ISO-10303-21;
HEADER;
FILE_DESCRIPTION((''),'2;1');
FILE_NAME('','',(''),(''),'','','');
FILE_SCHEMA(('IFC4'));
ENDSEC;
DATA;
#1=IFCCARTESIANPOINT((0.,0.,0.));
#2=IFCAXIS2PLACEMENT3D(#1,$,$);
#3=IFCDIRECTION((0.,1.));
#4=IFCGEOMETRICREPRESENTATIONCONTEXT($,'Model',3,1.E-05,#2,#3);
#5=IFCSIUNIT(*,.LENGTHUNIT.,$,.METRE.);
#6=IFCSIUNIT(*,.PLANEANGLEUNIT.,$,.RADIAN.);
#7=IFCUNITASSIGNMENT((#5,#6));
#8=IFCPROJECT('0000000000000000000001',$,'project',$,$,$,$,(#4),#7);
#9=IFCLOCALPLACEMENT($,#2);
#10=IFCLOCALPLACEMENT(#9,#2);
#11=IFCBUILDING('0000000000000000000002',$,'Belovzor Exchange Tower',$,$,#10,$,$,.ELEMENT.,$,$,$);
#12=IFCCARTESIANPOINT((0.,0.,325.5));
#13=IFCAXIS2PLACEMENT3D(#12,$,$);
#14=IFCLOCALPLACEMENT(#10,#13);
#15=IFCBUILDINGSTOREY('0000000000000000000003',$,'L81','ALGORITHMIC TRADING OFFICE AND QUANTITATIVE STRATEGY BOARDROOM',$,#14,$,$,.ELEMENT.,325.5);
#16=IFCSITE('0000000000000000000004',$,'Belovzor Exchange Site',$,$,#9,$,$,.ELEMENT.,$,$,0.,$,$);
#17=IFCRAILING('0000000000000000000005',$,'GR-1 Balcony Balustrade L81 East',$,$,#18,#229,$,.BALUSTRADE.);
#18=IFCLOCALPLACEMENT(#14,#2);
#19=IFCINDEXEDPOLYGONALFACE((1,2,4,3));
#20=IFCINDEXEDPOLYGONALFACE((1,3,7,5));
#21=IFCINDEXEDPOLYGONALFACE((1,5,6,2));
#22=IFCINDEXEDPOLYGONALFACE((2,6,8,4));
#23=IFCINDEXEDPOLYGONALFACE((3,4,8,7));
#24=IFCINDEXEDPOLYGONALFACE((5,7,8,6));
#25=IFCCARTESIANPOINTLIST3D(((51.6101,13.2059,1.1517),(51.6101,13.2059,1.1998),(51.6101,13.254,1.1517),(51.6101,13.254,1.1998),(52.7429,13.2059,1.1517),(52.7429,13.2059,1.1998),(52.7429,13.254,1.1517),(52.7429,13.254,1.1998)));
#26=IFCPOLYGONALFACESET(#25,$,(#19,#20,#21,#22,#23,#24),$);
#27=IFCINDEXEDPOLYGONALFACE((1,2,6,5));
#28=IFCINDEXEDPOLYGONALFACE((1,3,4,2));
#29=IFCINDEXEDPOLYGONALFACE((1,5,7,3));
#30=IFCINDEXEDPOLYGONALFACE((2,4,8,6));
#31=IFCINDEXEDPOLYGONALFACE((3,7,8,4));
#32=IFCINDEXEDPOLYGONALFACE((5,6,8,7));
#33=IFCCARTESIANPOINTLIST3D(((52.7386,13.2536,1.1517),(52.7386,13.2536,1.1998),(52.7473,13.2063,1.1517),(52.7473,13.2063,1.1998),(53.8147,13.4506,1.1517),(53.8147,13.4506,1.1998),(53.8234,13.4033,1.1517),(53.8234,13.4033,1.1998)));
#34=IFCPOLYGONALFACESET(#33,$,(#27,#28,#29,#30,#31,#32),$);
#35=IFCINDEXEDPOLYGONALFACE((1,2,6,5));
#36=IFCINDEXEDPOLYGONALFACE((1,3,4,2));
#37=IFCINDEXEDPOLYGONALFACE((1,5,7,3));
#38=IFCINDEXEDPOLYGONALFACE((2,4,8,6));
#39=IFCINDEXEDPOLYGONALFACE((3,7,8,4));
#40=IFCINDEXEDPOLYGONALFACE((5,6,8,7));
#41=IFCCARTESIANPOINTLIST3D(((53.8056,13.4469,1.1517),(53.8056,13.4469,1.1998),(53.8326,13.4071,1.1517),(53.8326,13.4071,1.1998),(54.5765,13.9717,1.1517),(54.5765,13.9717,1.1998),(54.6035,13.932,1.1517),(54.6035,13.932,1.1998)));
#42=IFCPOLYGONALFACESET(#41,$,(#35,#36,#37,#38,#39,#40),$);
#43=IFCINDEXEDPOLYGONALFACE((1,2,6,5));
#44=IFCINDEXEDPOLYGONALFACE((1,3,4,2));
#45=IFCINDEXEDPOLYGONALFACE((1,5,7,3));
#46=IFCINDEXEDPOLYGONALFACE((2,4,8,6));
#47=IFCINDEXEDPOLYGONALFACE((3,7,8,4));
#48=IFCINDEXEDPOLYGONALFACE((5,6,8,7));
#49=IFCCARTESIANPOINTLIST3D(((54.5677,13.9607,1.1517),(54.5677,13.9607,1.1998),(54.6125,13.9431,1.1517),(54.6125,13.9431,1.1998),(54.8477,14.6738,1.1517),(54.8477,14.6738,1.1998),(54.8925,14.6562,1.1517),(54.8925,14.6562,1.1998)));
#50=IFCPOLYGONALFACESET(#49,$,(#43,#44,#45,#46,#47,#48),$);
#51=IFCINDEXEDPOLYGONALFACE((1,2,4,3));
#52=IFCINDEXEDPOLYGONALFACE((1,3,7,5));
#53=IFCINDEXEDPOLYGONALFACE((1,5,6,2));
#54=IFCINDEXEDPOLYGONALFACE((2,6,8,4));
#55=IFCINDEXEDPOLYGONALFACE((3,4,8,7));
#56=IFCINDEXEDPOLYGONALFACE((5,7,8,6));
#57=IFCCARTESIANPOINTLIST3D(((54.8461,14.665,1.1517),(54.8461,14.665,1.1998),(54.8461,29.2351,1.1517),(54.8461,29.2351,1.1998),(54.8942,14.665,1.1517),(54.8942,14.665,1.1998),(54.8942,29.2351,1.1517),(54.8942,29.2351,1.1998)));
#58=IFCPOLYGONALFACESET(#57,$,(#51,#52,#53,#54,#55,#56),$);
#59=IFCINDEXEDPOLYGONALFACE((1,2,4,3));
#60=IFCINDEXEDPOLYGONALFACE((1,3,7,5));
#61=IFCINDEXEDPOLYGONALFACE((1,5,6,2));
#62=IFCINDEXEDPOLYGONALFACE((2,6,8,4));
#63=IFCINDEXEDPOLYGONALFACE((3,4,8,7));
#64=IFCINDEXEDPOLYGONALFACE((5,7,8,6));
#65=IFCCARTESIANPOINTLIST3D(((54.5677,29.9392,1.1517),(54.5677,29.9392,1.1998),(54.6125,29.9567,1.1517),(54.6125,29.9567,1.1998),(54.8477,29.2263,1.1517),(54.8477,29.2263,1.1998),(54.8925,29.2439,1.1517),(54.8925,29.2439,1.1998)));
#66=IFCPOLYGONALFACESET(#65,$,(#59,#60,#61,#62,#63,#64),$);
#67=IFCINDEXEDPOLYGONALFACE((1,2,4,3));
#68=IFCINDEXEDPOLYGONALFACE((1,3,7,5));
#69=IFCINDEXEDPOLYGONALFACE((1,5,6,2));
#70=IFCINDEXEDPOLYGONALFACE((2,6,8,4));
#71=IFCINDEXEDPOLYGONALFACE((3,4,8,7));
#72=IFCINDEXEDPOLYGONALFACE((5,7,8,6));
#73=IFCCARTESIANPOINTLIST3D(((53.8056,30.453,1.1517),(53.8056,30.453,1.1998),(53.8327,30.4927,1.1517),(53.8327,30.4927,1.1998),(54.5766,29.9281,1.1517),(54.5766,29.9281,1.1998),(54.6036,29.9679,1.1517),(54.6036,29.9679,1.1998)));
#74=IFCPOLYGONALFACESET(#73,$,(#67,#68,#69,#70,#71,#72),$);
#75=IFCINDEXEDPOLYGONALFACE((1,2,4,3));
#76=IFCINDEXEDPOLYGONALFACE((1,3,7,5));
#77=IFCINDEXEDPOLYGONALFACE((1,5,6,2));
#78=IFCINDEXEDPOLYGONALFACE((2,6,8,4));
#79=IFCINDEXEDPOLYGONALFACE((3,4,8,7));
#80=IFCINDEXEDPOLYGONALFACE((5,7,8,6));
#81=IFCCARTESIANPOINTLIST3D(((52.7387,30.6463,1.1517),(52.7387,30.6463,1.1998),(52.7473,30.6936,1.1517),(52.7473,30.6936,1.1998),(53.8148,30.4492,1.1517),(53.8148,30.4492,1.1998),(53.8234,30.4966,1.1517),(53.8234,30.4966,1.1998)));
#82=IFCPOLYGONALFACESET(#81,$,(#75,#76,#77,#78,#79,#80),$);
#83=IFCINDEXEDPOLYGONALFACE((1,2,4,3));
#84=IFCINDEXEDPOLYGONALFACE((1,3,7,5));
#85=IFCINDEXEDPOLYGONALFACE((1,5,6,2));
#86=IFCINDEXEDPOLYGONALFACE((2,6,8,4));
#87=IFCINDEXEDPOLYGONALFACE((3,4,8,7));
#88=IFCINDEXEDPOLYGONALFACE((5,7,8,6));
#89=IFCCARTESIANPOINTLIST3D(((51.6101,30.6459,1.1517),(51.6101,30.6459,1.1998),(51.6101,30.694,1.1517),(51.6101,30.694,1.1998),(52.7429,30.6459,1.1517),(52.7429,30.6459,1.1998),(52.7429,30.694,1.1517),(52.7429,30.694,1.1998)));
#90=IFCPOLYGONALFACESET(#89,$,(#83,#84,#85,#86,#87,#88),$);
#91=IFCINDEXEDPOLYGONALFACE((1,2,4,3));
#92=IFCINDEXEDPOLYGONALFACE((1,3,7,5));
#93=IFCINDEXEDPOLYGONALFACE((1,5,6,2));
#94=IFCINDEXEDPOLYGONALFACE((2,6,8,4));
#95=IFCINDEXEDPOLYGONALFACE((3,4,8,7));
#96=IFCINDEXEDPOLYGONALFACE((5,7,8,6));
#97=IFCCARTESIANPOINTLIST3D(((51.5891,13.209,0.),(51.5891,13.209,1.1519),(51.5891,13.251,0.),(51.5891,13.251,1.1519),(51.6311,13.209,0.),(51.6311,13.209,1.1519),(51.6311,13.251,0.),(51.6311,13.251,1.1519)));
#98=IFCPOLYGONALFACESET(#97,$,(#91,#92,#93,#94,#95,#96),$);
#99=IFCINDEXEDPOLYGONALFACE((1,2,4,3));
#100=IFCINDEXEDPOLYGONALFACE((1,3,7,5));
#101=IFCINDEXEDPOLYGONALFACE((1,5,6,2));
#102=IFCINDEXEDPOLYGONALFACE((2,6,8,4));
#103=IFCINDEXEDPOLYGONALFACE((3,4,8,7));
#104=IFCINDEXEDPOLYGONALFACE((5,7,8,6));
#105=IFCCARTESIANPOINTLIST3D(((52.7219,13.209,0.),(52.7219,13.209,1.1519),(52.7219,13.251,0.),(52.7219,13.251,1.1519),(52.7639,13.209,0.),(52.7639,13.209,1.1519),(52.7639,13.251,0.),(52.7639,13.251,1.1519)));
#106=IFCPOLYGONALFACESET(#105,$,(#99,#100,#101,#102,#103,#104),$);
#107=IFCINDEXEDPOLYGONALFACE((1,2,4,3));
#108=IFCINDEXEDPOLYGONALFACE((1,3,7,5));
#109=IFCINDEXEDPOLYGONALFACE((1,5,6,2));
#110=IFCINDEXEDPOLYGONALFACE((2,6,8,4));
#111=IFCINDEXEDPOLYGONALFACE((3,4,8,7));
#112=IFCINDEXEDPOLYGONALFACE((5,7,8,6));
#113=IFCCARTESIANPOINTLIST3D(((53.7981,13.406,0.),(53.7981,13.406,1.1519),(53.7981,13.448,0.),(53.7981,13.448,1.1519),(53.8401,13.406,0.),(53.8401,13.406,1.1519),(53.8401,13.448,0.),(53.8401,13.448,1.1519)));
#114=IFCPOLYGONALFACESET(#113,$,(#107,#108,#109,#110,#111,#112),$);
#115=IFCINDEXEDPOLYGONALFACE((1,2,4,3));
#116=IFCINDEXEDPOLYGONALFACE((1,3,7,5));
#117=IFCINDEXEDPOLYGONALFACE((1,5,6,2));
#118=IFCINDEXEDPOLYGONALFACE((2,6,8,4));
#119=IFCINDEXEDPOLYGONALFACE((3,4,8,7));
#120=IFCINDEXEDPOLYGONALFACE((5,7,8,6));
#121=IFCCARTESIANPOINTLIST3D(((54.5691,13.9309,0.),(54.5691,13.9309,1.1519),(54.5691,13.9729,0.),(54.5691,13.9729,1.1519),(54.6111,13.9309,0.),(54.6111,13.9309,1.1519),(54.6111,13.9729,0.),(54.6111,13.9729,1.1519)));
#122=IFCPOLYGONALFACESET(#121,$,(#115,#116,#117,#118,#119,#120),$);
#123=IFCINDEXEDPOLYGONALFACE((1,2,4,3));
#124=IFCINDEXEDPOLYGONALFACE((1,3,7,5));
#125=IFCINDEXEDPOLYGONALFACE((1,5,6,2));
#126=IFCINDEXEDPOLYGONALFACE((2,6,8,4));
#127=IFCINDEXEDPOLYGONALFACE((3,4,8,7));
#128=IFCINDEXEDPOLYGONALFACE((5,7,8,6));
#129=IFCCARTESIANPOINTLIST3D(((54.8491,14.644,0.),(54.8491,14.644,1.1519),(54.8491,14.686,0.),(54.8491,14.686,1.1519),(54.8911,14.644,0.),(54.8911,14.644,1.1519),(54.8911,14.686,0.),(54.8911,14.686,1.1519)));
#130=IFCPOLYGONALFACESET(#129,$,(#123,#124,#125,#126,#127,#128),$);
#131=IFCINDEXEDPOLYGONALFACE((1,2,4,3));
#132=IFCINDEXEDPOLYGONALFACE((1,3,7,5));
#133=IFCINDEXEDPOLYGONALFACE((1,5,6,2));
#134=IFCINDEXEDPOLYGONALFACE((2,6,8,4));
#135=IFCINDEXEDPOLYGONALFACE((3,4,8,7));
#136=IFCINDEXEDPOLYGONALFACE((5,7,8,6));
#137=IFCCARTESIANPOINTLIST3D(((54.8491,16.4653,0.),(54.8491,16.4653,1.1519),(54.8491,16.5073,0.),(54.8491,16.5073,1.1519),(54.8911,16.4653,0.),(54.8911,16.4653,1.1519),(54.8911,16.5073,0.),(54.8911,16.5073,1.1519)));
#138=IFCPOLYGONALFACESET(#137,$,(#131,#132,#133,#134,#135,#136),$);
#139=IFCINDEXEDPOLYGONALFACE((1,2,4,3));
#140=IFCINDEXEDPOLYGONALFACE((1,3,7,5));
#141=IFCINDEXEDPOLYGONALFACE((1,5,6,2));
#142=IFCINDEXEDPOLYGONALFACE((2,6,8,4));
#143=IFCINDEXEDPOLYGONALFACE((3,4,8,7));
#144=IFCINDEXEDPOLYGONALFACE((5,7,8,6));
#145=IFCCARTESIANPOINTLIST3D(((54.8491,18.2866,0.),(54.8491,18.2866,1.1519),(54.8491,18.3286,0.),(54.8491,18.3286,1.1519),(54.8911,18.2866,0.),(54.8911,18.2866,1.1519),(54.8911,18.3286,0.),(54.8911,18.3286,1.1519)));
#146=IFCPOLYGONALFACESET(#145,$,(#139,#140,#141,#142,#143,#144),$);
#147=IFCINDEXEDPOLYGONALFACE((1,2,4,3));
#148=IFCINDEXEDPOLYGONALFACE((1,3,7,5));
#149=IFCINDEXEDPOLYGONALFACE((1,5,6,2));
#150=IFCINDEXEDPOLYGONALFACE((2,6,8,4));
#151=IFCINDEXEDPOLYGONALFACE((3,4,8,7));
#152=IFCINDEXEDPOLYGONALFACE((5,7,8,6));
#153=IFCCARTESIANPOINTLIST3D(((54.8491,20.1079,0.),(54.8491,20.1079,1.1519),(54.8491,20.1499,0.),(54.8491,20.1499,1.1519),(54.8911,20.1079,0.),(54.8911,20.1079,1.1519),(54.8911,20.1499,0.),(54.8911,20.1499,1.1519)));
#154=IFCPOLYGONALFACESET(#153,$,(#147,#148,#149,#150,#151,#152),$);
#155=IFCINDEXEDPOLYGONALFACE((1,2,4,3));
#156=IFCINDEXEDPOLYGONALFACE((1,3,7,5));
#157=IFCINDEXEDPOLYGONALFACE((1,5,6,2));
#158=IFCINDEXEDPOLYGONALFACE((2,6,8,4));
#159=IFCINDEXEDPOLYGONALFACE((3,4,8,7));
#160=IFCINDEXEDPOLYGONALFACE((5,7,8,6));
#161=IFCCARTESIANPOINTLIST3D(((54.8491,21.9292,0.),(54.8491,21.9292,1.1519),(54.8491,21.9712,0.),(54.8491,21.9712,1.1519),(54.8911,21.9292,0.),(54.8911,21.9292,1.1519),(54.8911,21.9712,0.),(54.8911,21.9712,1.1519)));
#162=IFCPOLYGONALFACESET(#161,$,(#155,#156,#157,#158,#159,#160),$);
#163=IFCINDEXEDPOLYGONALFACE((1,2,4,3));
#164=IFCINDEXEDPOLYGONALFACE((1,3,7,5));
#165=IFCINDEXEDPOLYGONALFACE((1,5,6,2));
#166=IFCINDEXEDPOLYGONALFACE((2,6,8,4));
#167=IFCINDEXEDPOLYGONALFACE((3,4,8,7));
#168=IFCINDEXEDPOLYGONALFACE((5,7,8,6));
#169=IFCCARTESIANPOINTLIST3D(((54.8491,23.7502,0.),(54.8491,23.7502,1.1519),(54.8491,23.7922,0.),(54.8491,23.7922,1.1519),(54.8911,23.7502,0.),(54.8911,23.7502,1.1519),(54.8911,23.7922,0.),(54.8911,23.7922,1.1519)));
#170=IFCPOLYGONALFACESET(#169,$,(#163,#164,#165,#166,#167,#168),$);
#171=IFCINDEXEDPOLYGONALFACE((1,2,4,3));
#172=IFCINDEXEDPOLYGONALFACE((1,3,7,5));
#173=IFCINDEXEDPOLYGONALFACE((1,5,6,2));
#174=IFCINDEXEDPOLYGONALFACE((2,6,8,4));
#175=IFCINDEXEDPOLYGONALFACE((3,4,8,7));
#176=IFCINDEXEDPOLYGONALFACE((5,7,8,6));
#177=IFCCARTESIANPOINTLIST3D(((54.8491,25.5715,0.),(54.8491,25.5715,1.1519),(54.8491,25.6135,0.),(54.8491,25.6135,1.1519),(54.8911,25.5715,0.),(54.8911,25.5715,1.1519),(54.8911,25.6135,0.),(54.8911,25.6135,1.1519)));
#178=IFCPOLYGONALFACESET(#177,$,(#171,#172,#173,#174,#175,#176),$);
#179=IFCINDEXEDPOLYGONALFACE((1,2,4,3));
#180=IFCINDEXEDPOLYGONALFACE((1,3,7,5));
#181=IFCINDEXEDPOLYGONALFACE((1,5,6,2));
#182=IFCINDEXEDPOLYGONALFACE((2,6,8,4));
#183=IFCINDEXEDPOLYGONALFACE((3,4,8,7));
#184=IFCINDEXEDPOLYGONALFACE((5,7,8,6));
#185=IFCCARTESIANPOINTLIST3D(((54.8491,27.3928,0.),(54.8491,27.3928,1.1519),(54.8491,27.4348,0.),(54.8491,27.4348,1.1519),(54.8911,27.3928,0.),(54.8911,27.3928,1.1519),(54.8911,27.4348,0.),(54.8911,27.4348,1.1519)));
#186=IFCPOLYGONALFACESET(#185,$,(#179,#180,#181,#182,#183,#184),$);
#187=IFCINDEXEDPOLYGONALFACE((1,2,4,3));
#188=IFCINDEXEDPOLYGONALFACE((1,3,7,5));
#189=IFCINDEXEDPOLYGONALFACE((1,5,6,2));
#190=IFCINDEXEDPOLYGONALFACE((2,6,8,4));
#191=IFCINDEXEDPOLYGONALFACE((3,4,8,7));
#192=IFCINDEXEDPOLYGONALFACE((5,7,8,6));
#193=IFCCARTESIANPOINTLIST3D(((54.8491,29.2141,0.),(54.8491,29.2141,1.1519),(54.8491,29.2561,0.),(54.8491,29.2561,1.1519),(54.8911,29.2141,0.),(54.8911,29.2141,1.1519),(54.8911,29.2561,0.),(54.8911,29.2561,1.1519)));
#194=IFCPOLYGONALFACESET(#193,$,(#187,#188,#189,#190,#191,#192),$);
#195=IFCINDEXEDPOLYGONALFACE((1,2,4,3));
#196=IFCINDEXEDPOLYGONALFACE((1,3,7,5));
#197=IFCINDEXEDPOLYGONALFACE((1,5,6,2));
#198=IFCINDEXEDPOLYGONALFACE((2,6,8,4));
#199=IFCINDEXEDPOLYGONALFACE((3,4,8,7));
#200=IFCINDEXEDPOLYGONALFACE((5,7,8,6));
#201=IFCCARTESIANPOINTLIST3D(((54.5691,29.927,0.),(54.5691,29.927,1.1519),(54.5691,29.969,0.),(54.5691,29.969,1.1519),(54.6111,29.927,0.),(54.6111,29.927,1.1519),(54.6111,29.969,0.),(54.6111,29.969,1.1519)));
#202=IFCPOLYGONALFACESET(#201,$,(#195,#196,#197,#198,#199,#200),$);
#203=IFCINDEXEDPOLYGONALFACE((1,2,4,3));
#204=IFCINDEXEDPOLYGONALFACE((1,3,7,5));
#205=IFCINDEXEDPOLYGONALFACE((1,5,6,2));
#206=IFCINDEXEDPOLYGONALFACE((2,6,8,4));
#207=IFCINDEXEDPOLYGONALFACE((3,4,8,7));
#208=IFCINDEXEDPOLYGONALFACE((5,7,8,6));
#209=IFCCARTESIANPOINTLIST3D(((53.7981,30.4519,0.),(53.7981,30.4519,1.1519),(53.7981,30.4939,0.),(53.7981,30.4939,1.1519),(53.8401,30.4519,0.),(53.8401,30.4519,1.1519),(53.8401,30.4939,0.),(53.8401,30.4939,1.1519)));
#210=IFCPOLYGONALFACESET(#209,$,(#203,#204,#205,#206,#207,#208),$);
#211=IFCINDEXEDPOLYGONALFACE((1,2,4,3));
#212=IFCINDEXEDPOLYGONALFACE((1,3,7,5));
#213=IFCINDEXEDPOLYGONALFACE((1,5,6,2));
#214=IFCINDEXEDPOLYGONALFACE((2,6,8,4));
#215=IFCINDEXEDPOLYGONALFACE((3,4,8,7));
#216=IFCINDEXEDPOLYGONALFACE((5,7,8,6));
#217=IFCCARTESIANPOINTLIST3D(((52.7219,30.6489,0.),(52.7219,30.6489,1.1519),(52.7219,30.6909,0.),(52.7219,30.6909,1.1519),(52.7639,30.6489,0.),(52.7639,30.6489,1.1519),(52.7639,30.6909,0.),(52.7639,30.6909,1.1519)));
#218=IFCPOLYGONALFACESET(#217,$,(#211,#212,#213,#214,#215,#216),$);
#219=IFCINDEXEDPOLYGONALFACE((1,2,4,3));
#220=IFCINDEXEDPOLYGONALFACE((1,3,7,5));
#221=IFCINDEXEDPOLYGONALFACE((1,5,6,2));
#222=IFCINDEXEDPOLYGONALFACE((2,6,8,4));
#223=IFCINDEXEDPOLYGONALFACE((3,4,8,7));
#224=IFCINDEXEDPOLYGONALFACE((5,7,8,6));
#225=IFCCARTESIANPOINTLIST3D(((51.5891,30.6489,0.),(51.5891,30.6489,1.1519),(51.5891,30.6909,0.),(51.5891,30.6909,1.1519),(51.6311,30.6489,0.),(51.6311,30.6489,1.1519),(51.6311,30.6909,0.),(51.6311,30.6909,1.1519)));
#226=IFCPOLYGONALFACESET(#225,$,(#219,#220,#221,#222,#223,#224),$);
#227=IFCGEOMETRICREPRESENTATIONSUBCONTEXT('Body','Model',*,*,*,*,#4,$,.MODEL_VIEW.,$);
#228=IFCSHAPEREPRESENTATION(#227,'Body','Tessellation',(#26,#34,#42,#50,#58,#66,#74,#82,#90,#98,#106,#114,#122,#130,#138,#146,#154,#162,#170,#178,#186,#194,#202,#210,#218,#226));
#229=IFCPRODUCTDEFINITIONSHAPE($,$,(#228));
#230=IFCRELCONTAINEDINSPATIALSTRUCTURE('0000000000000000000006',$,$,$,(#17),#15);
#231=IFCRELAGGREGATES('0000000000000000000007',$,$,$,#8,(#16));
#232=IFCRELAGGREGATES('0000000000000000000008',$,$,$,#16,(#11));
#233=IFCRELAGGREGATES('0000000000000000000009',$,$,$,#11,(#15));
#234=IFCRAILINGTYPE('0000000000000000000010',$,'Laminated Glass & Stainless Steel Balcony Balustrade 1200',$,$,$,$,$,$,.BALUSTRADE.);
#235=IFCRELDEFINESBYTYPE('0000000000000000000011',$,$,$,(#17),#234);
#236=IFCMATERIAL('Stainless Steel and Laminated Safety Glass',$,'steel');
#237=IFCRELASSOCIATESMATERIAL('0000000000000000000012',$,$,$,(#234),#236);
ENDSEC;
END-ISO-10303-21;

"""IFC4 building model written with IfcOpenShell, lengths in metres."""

from ifc_helpers import new_model, si_unit, direction, frame, origin, origin_2d, place, context, subcontext, project, spatial, rectangle, extrude, material, type_object, element, save


model = new_model("IFC4")

# Units and contexts
model_context = context("Model", 3, precision=1e-05, world=origin(), true_north=direction((0.0, 1.0)))
body_context = subcontext(model_context, "Body", "Model", "MODEL_VIEW")
ifc_project = project(units=[si_unit("LENGTHUNIT", "METRE"), si_unit("PLANEANGLEUNIT", "RADIAN")], contexts=[model_context])

# Site, building, storey
site_placement = place(None, origin())
site = spatial("IfcSite", under=ifc_project, at=site_placement, Name="Belovzor Exchange Site", CompositionType="ELEMENT", RefElevation=0.0)
building_placement = place(site_placement, origin())
building = spatial("IfcBuilding", under=site, at=building_placement, Name="Belovzor Exchange Tower", CompositionType="ELEMENT")
storey_placement = place(building_placement, frame((0.0, 0.0, 325.5)))
storey = spatial("IfcBuildingStorey", under=building, at=storey_placement, Name="L81", Description="ALGORITHMIC TRADING OFFICE AND QUANTITATIVE STRATEGY BOARDROOM", CompositionType="ELEMENT", Elevation=325.5)

# Railing
ifc_material_1 = material(Name="Stainless Steel and Laminated Safety Glass", Category="steel")
railing_type = type_object("IfcRailingType", Name="Laminated Glass & Stainless Steel Balcony Balustrade 1200", PredefinedType="BALUSTRADE", material=ifc_material_1)
railing_placement = place(storey_placement, frame((51.6101, 13.23, 0.0)))
element("IfcRailing", 1, at=railing_placement, inside=storey, type_object=railing_type, Name="GR-1 Balcony Balustrade L81 East", PredefinedType="BALUSTRADE", context=body_context, shape_type="SweptSolid", body=[
    extrude(rectangle(XDim=0.0481, YDim=0.0481, at=origin_2d()), frame((0.0, 0.0, 1.1758), z_axis=(1.0, 0.0, 0.0), x_axis=(0.0, 1.0, 0.0)), (0.0, 0.0, 1.0), 1.1328),
    extrude(rectangle(XDim=0.0481, YDim=0.0481, at=origin_2d()), frame((1.1328, 0.0, 1.1758), z_axis=(0.983651, 0.180083, 0.0), x_axis=(-0.180083, 0.983651, 0.0)), (0.0, 0.0, 1.0), 1.094),
    extrude(rectangle(XDim=0.0481, YDim=0.0481, at=origin_2d()), frame((2.209, 0.197, 1.1758), z_axis=(0.826615, 0.562768, 0.0), x_axis=(-0.562768, 0.826615, 0.0)), (0.0, 0.0, 1.0), 0.9326),
    extrude(rectangle(XDim=0.0481, YDim=0.0481, at=origin_2d()), frame((2.98, 0.7219, 1.1758), z_axis=(0.365504, 0.93081, 0.0), x_axis=(-0.93081, 0.365504, 0.0)), (0.0, 0.0, 1.0), 0.7661),
    extrude(rectangle(XDim=0.0481, YDim=0.0481, at=origin_2d()), frame((3.26, 1.4351, 1.1758), z_axis=(0.0, 1.0, 0.0), x_axis=(-1.0, 0.0, 0.0)), (0.0, 0.0, 1.0), 14.5701),
    extrude(rectangle(XDim=0.0481, YDim=0.0481, at=origin_2d()), frame((3.26, 16.0051, 1.1758), z_axis=(-0.365613, 0.930767, 0.0), x_axis=(-0.930767, -0.365613, 0.0)), (0.0, 0.0, 1.0), 0.7659),
    extrude(rectangle(XDim=0.0481, YDim=0.0481, at=origin_2d()), frame((2.98, 16.718, 1.1758), z_axis=(-0.826615, 0.562768, 0.0), x_axis=(-0.562768, -0.826615, 0.0)), (0.0, 0.0, 1.0), 0.9326),
    extrude(rectangle(XDim=0.0481, YDim=0.0481, at=origin_2d()), frame((2.209, 17.2429, 1.1758), z_axis=(-0.983651, 0.180083, 0.0), x_axis=(-0.180083, -0.983651, 0.0)), (0.0, 0.0, 1.0), 1.094),
    extrude(rectangle(XDim=0.0481, YDim=0.0481, at=origin_2d()), frame((1.1328, 17.4399, 1.1758), z_axis=(-1.0, 0.0, 0.0), x_axis=(0.0, -1.0, 0.0)), (0.0, 0.0, 1.0), 1.1328),
    extrude(rectangle(XDim=0.042, YDim=0.042, at=origin_2d()), origin(), (0.0, 0.0, 1.0), 1.1519),
    extrude(rectangle(XDim=0.042, YDim=0.042, at=origin_2d()), frame((1.1328, 0.0, 0.0)), (0.0, 0.0, 1.0), 1.1519),
    extrude(rectangle(XDim=0.042, YDim=0.042, at=origin_2d()), frame((2.209, 0.197, 0.0)), (0.0, 0.0, 1.0), 1.1519),
    extrude(rectangle(XDim=0.042, YDim=0.042, at=origin_2d()), frame((2.98, 0.7219, 0.0)), (0.0, 0.0, 1.0), 1.1519),
    extrude(rectangle(XDim=0.042, YDim=0.042, at=origin_2d()), frame((3.26, 1.4351, 0.0)), (0.0, 0.0, 1.0), 1.1519),
    extrude(rectangle(XDim=0.042, YDim=0.042, at=origin_2d()), frame((3.26, 3.2563, 0.0)), (0.0, 0.0, 1.0), 1.1519),
    extrude(rectangle(XDim=0.042, YDim=0.042, at=origin_2d()), frame((3.26, 5.0776, 0.0)), (0.0, 0.0, 1.0), 1.1519),
    extrude(rectangle(XDim=0.042, YDim=0.042, at=origin_2d()), frame((3.26, 6.8989, 0.0)), (0.0, 0.0, 1.0), 1.1519),
    extrude(rectangle(XDim=0.042, YDim=0.042, at=origin_2d()), frame((3.26, 8.7202, 0.0)), (0.0, 0.0, 1.0), 1.1519),
    extrude(rectangle(XDim=0.042, YDim=0.042, at=origin_2d()), frame((3.26, 10.5413, 0.0)), (0.0, 0.0, 1.0), 1.1519),
    extrude(rectangle(XDim=0.042, YDim=0.042, at=origin_2d()), frame((3.26, 12.3625, 0.0)), (0.0, 0.0, 1.0), 1.1519),
    extrude(rectangle(XDim=0.042, YDim=0.042, at=origin_2d()), frame((3.26, 14.1838, 0.0)), (0.0, 0.0, 1.0), 1.1519),
    extrude(rectangle(XDim=0.042, YDim=0.042, at=origin_2d()), frame((3.26, 16.0051, 0.0)), (0.0, 0.0, 1.0), 1.1519),
    extrude(rectangle(XDim=0.042, YDim=0.042, at=origin_2d()), frame((2.98, 16.718, 0.0)), (0.0, 0.0, 1.0), 1.1519),
    extrude(rectangle(XDim=0.042, YDim=0.042, at=origin_2d()), frame((2.209, 17.2429, 0.0)), (0.0, 0.0, 1.0), 1.1519),
    extrude(rectangle(XDim=0.042, YDim=0.042, at=origin_2d()), frame((1.1328, 17.4399, 0.0)), (0.0, 0.0, 1.0), 1.1519),
    extrude(rectangle(XDim=0.042, YDim=0.042, at=origin_2d()), frame((0.0, 17.4399, 0.0)), (0.0, 0.0, 1.0), 1.1519),
])

save(model, "model.ifc")
